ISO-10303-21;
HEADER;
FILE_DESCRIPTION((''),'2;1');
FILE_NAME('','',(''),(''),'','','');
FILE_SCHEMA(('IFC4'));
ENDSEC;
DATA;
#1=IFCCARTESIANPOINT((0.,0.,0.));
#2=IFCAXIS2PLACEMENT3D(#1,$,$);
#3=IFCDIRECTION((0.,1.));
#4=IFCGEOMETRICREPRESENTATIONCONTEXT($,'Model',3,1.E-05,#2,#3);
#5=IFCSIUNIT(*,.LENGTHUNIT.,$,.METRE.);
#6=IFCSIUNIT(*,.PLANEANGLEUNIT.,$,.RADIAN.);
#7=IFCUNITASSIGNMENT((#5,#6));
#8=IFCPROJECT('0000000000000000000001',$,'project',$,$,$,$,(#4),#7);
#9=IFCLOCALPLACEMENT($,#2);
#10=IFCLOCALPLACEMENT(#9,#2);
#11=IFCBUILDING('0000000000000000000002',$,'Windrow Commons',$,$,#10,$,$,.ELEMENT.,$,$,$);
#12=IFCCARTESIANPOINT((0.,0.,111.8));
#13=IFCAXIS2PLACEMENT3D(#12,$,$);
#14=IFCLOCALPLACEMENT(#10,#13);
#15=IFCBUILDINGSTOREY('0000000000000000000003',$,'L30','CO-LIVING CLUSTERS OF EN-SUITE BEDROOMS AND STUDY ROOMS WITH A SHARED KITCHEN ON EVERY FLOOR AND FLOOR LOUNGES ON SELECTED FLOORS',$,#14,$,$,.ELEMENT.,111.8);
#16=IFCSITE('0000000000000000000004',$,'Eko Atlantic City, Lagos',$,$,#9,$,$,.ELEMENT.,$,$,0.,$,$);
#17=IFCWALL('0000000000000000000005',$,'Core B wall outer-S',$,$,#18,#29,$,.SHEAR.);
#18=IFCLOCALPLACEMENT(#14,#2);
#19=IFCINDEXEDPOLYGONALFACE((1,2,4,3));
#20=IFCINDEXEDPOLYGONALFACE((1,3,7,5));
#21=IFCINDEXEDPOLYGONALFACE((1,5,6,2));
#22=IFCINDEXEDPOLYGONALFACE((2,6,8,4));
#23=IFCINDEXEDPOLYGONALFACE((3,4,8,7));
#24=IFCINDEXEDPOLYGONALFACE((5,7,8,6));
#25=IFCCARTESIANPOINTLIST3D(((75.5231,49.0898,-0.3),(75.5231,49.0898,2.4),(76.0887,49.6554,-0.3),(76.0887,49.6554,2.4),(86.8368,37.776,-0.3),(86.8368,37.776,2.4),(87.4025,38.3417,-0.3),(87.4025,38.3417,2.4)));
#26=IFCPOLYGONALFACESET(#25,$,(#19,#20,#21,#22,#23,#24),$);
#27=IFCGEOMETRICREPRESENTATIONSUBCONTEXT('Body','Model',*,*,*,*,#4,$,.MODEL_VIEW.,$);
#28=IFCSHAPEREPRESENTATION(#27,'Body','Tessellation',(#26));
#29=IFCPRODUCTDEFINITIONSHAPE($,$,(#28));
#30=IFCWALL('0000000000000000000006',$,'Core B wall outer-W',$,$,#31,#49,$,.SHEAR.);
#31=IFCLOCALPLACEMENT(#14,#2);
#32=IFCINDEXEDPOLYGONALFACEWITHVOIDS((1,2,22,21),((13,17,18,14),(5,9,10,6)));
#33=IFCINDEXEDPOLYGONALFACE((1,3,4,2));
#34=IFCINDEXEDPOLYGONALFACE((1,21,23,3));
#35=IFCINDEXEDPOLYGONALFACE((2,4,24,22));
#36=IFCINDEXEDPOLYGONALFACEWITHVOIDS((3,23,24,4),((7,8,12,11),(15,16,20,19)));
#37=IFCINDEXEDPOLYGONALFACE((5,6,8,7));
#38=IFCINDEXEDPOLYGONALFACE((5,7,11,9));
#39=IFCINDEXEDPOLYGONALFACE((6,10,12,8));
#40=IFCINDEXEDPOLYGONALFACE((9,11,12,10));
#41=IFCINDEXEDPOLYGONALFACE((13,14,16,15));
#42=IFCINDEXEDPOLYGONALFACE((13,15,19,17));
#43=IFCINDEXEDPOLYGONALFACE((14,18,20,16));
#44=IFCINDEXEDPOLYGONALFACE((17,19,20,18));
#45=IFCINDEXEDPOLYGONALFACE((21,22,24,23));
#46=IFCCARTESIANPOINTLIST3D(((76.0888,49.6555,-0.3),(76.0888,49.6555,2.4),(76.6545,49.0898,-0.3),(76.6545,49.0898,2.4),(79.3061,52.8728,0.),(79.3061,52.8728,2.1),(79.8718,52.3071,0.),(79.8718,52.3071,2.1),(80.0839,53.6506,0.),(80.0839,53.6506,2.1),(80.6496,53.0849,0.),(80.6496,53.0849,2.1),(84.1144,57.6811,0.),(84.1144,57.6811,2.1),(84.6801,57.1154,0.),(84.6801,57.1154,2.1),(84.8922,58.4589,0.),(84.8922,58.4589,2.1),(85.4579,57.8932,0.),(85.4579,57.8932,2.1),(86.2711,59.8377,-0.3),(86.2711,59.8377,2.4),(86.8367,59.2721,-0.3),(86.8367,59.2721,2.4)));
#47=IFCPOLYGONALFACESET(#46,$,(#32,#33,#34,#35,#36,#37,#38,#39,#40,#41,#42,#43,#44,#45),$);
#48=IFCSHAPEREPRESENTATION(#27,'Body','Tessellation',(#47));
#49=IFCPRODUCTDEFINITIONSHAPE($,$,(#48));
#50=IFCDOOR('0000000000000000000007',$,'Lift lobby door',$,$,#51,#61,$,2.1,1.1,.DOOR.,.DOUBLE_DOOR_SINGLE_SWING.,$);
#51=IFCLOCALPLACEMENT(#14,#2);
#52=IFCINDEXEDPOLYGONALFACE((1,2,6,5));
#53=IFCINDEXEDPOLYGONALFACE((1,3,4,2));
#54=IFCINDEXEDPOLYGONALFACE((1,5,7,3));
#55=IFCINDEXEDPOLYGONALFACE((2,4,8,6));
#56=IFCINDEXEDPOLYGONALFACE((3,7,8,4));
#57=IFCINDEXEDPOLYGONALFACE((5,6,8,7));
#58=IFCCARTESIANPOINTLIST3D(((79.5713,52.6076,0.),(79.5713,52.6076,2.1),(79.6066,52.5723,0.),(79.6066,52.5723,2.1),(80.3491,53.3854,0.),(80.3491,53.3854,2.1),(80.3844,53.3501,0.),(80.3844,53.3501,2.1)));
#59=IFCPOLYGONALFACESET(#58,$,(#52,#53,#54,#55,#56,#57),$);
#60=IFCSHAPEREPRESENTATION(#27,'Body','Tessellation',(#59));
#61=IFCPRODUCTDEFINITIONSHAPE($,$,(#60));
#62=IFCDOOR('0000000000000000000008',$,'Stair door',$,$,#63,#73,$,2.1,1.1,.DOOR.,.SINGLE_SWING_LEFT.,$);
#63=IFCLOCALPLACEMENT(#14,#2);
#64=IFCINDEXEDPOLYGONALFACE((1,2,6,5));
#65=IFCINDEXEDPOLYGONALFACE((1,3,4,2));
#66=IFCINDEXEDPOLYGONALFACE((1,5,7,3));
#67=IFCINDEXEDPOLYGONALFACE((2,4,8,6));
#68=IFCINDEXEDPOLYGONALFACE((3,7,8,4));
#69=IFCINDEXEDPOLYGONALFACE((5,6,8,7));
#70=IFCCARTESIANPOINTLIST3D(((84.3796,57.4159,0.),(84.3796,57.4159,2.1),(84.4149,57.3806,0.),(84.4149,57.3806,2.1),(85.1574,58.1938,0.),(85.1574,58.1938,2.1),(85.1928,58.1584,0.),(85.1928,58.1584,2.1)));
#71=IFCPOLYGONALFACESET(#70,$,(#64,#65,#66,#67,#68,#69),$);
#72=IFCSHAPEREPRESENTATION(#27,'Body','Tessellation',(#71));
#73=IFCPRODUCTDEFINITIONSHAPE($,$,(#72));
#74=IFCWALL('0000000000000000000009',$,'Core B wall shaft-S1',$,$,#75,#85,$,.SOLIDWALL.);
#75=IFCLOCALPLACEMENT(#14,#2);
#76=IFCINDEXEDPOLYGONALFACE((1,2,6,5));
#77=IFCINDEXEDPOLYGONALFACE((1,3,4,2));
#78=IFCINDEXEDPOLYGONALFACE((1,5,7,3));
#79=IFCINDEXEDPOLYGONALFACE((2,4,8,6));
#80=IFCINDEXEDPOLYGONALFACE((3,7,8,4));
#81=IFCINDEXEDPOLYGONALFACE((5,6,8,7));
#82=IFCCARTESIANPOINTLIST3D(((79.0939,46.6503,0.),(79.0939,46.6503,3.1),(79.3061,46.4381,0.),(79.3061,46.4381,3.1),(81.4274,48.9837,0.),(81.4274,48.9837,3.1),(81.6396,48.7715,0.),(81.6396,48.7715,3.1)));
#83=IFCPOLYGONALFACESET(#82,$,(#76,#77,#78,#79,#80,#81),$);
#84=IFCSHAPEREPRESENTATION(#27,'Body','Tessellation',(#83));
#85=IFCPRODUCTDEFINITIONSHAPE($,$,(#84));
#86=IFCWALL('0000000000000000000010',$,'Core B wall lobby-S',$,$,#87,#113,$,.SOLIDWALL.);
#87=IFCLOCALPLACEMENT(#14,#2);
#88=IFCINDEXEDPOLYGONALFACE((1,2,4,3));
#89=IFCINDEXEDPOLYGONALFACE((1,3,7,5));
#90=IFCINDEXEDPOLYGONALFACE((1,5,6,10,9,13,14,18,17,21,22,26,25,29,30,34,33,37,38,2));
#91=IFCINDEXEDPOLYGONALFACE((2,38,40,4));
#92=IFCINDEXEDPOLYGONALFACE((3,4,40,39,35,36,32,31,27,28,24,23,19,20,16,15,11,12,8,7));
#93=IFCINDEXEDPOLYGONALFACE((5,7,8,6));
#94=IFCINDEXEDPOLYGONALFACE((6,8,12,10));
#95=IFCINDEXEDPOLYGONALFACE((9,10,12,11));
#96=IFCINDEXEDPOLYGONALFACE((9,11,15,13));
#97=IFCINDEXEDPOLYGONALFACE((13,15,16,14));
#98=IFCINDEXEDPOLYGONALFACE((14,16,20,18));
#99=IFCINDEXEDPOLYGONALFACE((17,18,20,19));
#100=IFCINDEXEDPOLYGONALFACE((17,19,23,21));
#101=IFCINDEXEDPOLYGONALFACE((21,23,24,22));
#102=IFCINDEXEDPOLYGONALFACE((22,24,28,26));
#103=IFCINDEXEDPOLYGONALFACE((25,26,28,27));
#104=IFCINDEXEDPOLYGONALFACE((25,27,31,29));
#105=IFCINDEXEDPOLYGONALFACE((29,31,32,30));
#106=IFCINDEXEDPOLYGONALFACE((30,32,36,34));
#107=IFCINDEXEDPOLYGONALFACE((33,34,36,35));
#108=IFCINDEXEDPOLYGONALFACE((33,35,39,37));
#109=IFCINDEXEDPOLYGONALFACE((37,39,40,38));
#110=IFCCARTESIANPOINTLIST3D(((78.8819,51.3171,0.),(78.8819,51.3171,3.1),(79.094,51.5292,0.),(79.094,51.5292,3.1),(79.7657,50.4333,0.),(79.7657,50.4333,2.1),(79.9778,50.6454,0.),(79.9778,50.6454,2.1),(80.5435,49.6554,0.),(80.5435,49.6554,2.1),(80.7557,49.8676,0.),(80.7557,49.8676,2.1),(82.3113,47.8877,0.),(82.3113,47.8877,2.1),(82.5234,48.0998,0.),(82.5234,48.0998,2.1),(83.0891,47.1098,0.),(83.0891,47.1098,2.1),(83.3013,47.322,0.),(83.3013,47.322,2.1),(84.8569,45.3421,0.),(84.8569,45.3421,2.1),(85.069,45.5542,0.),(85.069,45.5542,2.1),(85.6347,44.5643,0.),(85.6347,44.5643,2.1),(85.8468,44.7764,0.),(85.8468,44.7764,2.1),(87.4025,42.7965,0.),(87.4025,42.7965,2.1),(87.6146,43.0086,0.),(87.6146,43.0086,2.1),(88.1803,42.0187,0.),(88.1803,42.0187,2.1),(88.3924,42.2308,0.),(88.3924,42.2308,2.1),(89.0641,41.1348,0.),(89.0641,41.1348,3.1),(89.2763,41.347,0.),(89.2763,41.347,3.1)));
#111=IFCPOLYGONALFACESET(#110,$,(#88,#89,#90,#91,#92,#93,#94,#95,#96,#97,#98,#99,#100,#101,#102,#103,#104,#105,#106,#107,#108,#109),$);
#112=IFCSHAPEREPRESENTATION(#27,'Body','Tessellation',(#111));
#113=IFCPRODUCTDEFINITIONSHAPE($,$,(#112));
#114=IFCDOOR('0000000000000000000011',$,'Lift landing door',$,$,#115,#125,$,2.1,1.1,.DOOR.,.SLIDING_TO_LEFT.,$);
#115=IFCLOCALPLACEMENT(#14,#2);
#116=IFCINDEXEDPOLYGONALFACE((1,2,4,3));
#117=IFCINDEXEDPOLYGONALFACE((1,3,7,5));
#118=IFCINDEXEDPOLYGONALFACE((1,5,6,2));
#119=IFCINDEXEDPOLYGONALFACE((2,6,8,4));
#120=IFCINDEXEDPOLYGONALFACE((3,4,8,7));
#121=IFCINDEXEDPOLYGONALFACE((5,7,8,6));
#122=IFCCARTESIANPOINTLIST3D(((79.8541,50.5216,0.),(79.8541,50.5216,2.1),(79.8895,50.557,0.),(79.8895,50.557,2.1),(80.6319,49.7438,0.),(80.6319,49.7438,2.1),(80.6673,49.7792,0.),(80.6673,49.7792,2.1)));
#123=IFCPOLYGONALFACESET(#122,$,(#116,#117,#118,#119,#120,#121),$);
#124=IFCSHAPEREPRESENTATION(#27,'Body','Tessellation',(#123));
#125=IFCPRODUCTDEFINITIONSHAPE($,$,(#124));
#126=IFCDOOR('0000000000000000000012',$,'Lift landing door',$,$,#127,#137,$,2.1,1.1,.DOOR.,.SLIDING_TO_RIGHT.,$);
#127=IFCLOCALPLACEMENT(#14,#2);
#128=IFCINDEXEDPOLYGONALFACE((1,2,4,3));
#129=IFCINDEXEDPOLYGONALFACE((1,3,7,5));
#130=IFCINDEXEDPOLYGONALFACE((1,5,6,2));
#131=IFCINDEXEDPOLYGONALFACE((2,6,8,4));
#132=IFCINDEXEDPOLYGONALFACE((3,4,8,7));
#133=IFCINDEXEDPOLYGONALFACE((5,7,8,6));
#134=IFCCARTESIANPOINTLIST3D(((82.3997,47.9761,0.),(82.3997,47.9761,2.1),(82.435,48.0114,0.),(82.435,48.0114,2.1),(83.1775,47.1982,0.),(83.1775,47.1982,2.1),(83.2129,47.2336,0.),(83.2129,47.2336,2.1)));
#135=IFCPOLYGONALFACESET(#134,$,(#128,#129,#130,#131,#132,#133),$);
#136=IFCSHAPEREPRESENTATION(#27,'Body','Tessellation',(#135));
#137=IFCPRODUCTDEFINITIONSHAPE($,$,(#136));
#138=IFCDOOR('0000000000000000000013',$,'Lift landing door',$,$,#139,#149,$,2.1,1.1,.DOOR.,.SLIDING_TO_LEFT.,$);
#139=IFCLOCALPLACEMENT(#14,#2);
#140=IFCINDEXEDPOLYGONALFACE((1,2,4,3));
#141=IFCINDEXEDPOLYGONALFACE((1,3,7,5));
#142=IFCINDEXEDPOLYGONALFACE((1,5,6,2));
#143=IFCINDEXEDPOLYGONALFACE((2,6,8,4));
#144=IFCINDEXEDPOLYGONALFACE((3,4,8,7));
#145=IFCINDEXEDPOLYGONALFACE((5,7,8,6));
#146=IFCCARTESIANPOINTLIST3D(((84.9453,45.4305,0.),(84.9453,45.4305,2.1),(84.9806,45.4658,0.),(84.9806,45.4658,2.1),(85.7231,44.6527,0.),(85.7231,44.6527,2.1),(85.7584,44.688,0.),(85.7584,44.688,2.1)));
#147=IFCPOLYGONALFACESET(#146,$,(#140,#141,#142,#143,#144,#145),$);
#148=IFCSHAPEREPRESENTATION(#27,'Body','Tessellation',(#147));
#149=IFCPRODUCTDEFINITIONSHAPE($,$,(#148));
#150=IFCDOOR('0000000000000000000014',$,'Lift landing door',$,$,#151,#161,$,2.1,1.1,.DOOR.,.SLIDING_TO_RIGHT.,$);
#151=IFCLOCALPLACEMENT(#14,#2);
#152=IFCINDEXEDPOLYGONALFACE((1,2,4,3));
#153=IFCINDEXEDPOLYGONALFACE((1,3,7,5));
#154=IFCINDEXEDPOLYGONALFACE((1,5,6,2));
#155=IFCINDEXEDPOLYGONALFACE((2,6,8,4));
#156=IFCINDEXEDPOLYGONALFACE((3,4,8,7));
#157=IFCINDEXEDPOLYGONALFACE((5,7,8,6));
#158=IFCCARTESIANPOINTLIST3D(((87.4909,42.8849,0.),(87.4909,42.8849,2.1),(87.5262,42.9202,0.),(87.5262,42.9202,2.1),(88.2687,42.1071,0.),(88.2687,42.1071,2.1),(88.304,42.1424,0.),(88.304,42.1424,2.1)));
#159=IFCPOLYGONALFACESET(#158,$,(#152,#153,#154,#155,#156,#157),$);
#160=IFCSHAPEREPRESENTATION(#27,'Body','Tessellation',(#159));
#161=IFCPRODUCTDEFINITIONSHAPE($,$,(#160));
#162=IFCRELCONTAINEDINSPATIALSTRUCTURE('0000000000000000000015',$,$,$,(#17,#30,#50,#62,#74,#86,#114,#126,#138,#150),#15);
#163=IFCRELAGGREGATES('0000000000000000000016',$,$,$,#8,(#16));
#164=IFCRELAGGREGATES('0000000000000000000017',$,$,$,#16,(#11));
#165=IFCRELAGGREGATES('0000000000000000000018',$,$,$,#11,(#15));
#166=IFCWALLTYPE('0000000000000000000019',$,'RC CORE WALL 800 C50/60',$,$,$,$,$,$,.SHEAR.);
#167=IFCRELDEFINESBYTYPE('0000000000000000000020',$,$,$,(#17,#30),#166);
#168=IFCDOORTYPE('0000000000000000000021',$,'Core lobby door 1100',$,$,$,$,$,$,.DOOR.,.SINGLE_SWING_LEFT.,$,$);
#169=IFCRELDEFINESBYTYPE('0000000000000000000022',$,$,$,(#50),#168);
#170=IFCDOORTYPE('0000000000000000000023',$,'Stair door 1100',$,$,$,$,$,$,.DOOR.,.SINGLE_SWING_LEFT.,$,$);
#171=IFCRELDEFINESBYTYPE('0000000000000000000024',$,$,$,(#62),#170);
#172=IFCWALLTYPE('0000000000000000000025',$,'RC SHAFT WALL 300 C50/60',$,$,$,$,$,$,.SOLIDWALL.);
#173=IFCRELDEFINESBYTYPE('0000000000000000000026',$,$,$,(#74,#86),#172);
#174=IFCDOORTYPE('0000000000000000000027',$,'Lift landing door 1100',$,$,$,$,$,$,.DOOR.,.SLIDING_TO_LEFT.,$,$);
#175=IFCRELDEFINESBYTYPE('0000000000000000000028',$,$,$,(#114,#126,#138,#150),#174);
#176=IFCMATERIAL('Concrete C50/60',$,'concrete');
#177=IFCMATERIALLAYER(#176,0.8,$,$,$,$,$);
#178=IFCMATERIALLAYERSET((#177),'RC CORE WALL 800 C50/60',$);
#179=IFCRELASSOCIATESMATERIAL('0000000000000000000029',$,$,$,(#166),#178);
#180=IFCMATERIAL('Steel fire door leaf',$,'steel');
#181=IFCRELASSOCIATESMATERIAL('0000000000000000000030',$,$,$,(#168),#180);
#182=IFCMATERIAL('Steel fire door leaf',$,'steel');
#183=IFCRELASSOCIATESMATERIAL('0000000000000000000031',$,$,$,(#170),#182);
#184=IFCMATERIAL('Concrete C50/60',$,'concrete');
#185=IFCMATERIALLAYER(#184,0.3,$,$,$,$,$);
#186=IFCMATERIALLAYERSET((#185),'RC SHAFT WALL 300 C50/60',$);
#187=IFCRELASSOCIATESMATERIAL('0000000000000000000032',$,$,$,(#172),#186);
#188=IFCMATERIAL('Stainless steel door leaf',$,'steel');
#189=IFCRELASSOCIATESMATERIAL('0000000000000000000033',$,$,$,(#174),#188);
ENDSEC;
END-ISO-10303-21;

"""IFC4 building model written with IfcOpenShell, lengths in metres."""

from ifc_helpers import new_model, si_unit, direction, frame, frame_2d, origin, place, context, subcontext, project, spatial, rectangle, extrude, material, layer, layer_set, type_object, element, fill, save


model = new_model("IFC4")

# Units and contexts
model_context = context("Model", 3, precision=1e-05, world=origin(), true_north=direction((0.0, 1.0)))
body_context = subcontext(model_context, "Body", "Model", "MODEL_VIEW")
ifc_project = project(units=[si_unit("LENGTHUNIT", "METRE"), si_unit("PLANEANGLEUNIT", "RADIAN")], contexts=[model_context])

# Site, building, storey
site_placement = place(None, origin())
site = spatial("IfcSite", under=ifc_project, at=site_placement, Name="Eko Atlantic City, Lagos", CompositionType="ELEMENT", RefElevation=0.0)
building_placement = place(site_placement, origin())
building = spatial("IfcBuilding", under=site, at=building_placement, Name="Windrow Commons", CompositionType="ELEMENT")
storey_placement = place(building_placement, frame((0.0, 0.0, 111.8)))
storey = spatial("IfcBuildingStorey", under=building, at=storey_placement, Name="L30", Description="CO-LIVING CLUSTERS OF EN-SUITE BEDROOMS AND STUDY ROOMS WITH A SHARED KITCHEN ON EVERY FLOOR AND FLOOR LOUNGES ON SELECTED FLOORS", CompositionType="ELEMENT", Elevation=111.8)

# Shared definitions
ifc_material_1 = material(Name="Concrete C50/60", Category="concrete")
ifc_layer_1 = layer(ifc_material_1, 0.8)
ifc_layer_set_1 = layer_set([ifc_layer_1], Name="RC CORE WALL 800 C50/60")
wall_type_1 = type_object("IfcWallType", Name="RC CORE WALL 800 C50/60", PredefinedType="SHEAR", material=ifc_layer_set_1)
ifc_material_2 = material(Name="Steel fire door leaf", Category="steel")
door_type_1 = type_object("IfcDoorType", Name="Core lobby door 1100", OperationType="SINGLE_SWING_LEFT", PredefinedType="DOOR", material=ifc_material_2)
ifc_material_3 = material(Name="Steel fire door leaf", Category="steel")
door_type_2 = type_object("IfcDoorType", Name="Stair door 1100", OperationType="SINGLE_SWING_LEFT", PredefinedType="DOOR", material=ifc_material_3)

# Wall
wall_1_placement = place(storey_placement, frame((75.8059, 49.3726, -0.3), z_axis=(0.0, 0.0, 1.0), x_axis=(0.707107, -0.707107, 0.0)))
element("IfcWall", 1, at=wall_1_placement, inside=storey, type_object=wall_type_1, Name="Core B wall outer-S", PredefinedType="SHEAR", context=body_context, shape_type="SweptSolid", body=[
    extrude(rectangle(XDim=16.0, YDim=0.8, at=frame_2d((8.0, 0.0))), origin(), (0.0, 0.0, 1.0), 2.7),
])

# Wall, openings, doors
wall_2_placement = place(storey_placement, frame((76.3716, 49.3726, -0.3), z_axis=(0.0, 0.0, 1.0), x_axis=(0.707107, 0.707107, 0.0)))
wall_2 = element("IfcWall", 2, at=wall_2_placement, inside=storey, type_object=wall_type_1, Name="Core B wall outer-W", PredefinedType="SHEAR", context=body_context, shape_type="SweptSolid", body=[
    extrude(rectangle(XDim=14.3999, YDim=0.8, at=frame_2d((7.2, 0.0))), origin(), (0.0, 0.0, 1.0), 2.7),
])
opening_1_placement = place(wall_2_placement, frame((4.55, 0.0, 0.3)))
opening_1 = element("IfcOpeningElement", 3, at=opening_1_placement, cuts=wall_2, PredefinedType="OPENING", context=body_context, shape_type="SweptSolid", body=[
    extrude(rectangle(XDim=1.1, YDim=2.1, at=frame_2d((0.55, 1.05))), frame((0.0, 0.41, 0.0), z_axis=(0.0, -1.0, 0.0), x_axis=(1.0, 0.0, 0.0)), (0.0, 0.0, 1.0), 0.82),
])
opening_2_placement = place(wall_2_placement, frame((11.35, 0.0, 0.3)))
opening_2 = element("IfcOpeningElement", 4, at=opening_2_placement, cuts=wall_2, PredefinedType="OPENING", context=body_context, shape_type="SweptSolid", body=[
    extrude(rectangle(XDim=1.1, YDim=2.1, at=frame_2d((0.55, 1.05))), frame((0.0, 0.41, 0.0), z_axis=(0.0, -1.0, 0.0), x_axis=(1.0, 0.0, 0.0)), (0.0, 0.0, 1.0), 0.82),
])
door_1_placement = place(opening_1_placement, origin())
door_1 = element("IfcDoor", 5, at=door_1_placement, inside=storey, type_object=door_type_1, Name="Lift lobby door", OperationType="DOUBLE_DOOR_SINGLE_SWING", OverallHeight=2.1, OverallWidth=1.1, PredefinedType="DOOR", context=body_context, shape_type="SweptSolid", body=[
    extrude(rectangle(XDim=1.1, YDim=2.1, at=frame_2d((0.55, 1.05))), frame((0.0, 0.025, 0.0), z_axis=(0.0, -1.0, 0.0), x_axis=(1.0, 0.0, 0.0)), (0.0, 0.0, 1.0), 0.05),
])
fill(opening_1, door_1)
door_2_placement = place(opening_2_placement, origin())
door_2 = element("IfcDoor", 6, at=door_2_placement, inside=storey, type_object=door_type_2, Name="Stair door", OperationType="SINGLE_SWING_LEFT", OverallHeight=2.1, OverallWidth=1.1, PredefinedType="DOOR", context=body_context, shape_type="SweptSolid", body=[
    extrude(rectangle(XDim=1.1, YDim=2.1, at=frame_2d((0.55, 1.05))), frame((0.0, 0.025, 0.0), z_axis=(0.0, -1.0, 0.0), x_axis=(1.0, 0.0, 0.0)), (0.0, 0.0, 1.0), 0.05),
])
fill(opening_2, door_2)

# Wall
ifc_material_4 = material(Name="Concrete C50/60", Category="concrete")
ifc_layer_2 = layer(ifc_material_4, 0.3)
ifc_layer_set_2 = layer_set([ifc_layer_2], Name="RC SHAFT WALL 300 C50/60")
wall_type_2 = type_object("IfcWallType", Name="RC SHAFT WALL 300 C50/60", PredefinedType="SOLIDWALL", material=ifc_layer_set_2)
wall_3_placement = place(storey_placement, frame((79.2, 46.5442, 0.0), z_axis=(0.0, 0.0, 1.0), x_axis=(0.707122, 0.707092, 0.0)))
element("IfcWall", 7, at=wall_3_placement, inside=storey, type_object=wall_type_2, Name="Core B wall shaft-S1", PredefinedType="SOLIDWALL", context=body_context, shape_type="SweptSolid", body=[
    extrude(rectangle(XDim=3.3, YDim=0.3, at=frame_2d((1.65, 0.0))), origin(), (0.0, 0.0, 1.0), 3.1),
])

# Wall, openings, doors
wall_4_placement = place(storey_placement, frame((78.9879, 51.4232, 0.0), z_axis=(0.0, 0.0, 1.0), x_axis=(0.707107, -0.707107, 0.0)))
wall_4 = element("IfcWall", 8, at=wall_4_placement, inside=storey, type_object=wall_type_2, Name="Core B wall lobby-S", PredefinedType="SOLIDWALL", context=body_context, shape_type="SweptSolid", body=[
    extrude(rectangle(XDim=14.3999, YDim=0.3, at=frame_2d((7.2, 0.0))), origin(), (0.0, 0.0, 1.0), 3.1),
])
opening_3_placement = place(wall_4_placement, frame((1.25, 0.0, 0.0)))
opening_3 = element("IfcOpeningElement", 9, at=opening_3_placement, cuts=wall_4, PredefinedType="OPENING", context=body_context, shape_type="SweptSolid", body=[
    extrude(rectangle(XDim=1.1, YDim=2.1, at=frame_2d((0.55, 1.05))), frame((0.0, 0.16, 0.0), z_axis=(0.0, -1.0, 0.0), x_axis=(1.0, 0.0, 0.0)), (0.0, 0.0, 1.0), 0.32),
])
opening_4_placement = place(wall_4_placement, frame((4.85, 0.0, 0.0)))
opening_4 = element("IfcOpeningElement", 10, at=opening_4_placement, cuts=wall_4, PredefinedType="OPENING", context=body_context, shape_type="SweptSolid", body=[
    extrude(rectangle(XDim=1.1, YDim=2.1, at=frame_2d((0.55, 1.05))), frame((0.0, 0.16, 0.0), z_axis=(0.0, -1.0, 0.0), x_axis=(1.0, 0.0, 0.0)), (0.0, 0.0, 1.0), 0.32),
])
opening_5_placement = place(wall_4_placement, frame((8.45, 0.0, 0.0)))
opening_5 = element("IfcOpeningElement", 11, at=opening_5_placement, cuts=wall_4, PredefinedType="OPENING", context=body_context, shape_type="SweptSolid", body=[
    extrude(rectangle(XDim=1.1, YDim=2.1, at=frame_2d((0.55, 1.05))), frame((0.0, 0.16, 0.0), z_axis=(0.0, -1.0, 0.0), x_axis=(1.0, 0.0, 0.0)), (0.0, 0.0, 1.0), 0.32),
])
opening_6_placement = place(wall_4_placement, frame((12.05, 0.0, 0.0)))
opening_6 = element("IfcOpeningElement", 12, at=opening_6_placement, cuts=wall_4, PredefinedType="OPENING", context=body_context, shape_type="SweptSolid", body=[
    extrude(rectangle(XDim=1.1, YDim=2.1, at=frame_2d((0.55, 1.05))), frame((0.0, 0.16, 0.0), z_axis=(0.0, -1.0, 0.0), x_axis=(1.0, 0.0, 0.0)), (0.0, 0.0, 1.0), 0.32),
])
ifc_material_5 = material(Name="Stainless steel door leaf", Category="steel")
door_type_3 = type_object("IfcDoorType", Name="Lift landing door 1100", OperationType="SLIDING_TO_LEFT", PredefinedType="DOOR", material=ifc_material_5)
door_3_placement = place(opening_3_placement, origin())
door_3 = element("IfcDoor", 13, at=door_3_placement, inside=storey, type_object=door_type_3, Name="Lift landing door", OperationType="SLIDING_TO_LEFT", OverallHeight=2.1, OverallWidth=1.1, PredefinedType="DOOR", context=body_context, shape_type="SweptSolid", body=[
    extrude(rectangle(XDim=1.1, YDim=2.1, at=frame_2d((0.55, 1.05))), frame((0.0, 0.025, 0.0), z_axis=(0.0, -1.0, 0.0), x_axis=(1.0, 0.0, 0.0)), (0.0, 0.0, 1.0), 0.05),
])
fill(opening_3, door_3)
door_4_placement = place(opening_4_placement, origin())
door_4 = element("IfcDoor", 14, at=door_4_placement, inside=storey, type_object=door_type_3, Name="Lift landing door", OperationType="SLIDING_TO_RIGHT", OverallHeight=2.1, OverallWidth=1.1, PredefinedType="DOOR", context=body_context, shape_type="SweptSolid", body=[
    extrude(rectangle(XDim=1.1, YDim=2.1, at=frame_2d((0.55, 1.05))), frame((0.0, 0.025, 0.0), z_axis=(0.0, -1.0, 0.0), x_axis=(1.0, 0.0, 0.0)), (0.0, 0.0, 1.0), 0.05),
])
fill(opening_4, door_4)
door_5_placement = place(opening_5_placement, origin())
door_5 = element("IfcDoor", 15, at=door_5_placement, inside=storey, type_object=door_type_3, Name="Lift landing door", OperationType="SLIDING_TO_LEFT", OverallHeight=2.1, OverallWidth=1.1, PredefinedType="DOOR", context=body_context, shape_type="SweptSolid", body=[
    extrude(rectangle(XDim=1.1, YDim=2.1, at=frame_2d((0.55, 1.05))), frame((0.0, 0.025, 0.0), z_axis=(0.0, -1.0, 0.0), x_axis=(1.0, 0.0, 0.0)), (0.0, 0.0, 1.0), 0.05),
])
fill(opening_5, door_5)
door_6_placement = place(opening_6_placement, origin())
door_6 = element("IfcDoor", 16, at=door_6_placement, inside=storey, type_object=door_type_3, Name="Lift landing door", OperationType="SLIDING_TO_RIGHT", OverallHeight=2.1, OverallWidth=1.1, PredefinedType="DOOR", context=body_context, shape_type="SweptSolid", body=[
    extrude(rectangle(XDim=1.1, YDim=2.1, at=frame_2d((0.55, 1.05))), frame((0.0, 0.025, 0.0), z_axis=(0.0, -1.0, 0.0), x_axis=(1.0, 0.0, 0.0)), (0.0, 0.0, 1.0), 0.05),
])
fill(opening_6, door_6)

save(model, "model.ifc")
